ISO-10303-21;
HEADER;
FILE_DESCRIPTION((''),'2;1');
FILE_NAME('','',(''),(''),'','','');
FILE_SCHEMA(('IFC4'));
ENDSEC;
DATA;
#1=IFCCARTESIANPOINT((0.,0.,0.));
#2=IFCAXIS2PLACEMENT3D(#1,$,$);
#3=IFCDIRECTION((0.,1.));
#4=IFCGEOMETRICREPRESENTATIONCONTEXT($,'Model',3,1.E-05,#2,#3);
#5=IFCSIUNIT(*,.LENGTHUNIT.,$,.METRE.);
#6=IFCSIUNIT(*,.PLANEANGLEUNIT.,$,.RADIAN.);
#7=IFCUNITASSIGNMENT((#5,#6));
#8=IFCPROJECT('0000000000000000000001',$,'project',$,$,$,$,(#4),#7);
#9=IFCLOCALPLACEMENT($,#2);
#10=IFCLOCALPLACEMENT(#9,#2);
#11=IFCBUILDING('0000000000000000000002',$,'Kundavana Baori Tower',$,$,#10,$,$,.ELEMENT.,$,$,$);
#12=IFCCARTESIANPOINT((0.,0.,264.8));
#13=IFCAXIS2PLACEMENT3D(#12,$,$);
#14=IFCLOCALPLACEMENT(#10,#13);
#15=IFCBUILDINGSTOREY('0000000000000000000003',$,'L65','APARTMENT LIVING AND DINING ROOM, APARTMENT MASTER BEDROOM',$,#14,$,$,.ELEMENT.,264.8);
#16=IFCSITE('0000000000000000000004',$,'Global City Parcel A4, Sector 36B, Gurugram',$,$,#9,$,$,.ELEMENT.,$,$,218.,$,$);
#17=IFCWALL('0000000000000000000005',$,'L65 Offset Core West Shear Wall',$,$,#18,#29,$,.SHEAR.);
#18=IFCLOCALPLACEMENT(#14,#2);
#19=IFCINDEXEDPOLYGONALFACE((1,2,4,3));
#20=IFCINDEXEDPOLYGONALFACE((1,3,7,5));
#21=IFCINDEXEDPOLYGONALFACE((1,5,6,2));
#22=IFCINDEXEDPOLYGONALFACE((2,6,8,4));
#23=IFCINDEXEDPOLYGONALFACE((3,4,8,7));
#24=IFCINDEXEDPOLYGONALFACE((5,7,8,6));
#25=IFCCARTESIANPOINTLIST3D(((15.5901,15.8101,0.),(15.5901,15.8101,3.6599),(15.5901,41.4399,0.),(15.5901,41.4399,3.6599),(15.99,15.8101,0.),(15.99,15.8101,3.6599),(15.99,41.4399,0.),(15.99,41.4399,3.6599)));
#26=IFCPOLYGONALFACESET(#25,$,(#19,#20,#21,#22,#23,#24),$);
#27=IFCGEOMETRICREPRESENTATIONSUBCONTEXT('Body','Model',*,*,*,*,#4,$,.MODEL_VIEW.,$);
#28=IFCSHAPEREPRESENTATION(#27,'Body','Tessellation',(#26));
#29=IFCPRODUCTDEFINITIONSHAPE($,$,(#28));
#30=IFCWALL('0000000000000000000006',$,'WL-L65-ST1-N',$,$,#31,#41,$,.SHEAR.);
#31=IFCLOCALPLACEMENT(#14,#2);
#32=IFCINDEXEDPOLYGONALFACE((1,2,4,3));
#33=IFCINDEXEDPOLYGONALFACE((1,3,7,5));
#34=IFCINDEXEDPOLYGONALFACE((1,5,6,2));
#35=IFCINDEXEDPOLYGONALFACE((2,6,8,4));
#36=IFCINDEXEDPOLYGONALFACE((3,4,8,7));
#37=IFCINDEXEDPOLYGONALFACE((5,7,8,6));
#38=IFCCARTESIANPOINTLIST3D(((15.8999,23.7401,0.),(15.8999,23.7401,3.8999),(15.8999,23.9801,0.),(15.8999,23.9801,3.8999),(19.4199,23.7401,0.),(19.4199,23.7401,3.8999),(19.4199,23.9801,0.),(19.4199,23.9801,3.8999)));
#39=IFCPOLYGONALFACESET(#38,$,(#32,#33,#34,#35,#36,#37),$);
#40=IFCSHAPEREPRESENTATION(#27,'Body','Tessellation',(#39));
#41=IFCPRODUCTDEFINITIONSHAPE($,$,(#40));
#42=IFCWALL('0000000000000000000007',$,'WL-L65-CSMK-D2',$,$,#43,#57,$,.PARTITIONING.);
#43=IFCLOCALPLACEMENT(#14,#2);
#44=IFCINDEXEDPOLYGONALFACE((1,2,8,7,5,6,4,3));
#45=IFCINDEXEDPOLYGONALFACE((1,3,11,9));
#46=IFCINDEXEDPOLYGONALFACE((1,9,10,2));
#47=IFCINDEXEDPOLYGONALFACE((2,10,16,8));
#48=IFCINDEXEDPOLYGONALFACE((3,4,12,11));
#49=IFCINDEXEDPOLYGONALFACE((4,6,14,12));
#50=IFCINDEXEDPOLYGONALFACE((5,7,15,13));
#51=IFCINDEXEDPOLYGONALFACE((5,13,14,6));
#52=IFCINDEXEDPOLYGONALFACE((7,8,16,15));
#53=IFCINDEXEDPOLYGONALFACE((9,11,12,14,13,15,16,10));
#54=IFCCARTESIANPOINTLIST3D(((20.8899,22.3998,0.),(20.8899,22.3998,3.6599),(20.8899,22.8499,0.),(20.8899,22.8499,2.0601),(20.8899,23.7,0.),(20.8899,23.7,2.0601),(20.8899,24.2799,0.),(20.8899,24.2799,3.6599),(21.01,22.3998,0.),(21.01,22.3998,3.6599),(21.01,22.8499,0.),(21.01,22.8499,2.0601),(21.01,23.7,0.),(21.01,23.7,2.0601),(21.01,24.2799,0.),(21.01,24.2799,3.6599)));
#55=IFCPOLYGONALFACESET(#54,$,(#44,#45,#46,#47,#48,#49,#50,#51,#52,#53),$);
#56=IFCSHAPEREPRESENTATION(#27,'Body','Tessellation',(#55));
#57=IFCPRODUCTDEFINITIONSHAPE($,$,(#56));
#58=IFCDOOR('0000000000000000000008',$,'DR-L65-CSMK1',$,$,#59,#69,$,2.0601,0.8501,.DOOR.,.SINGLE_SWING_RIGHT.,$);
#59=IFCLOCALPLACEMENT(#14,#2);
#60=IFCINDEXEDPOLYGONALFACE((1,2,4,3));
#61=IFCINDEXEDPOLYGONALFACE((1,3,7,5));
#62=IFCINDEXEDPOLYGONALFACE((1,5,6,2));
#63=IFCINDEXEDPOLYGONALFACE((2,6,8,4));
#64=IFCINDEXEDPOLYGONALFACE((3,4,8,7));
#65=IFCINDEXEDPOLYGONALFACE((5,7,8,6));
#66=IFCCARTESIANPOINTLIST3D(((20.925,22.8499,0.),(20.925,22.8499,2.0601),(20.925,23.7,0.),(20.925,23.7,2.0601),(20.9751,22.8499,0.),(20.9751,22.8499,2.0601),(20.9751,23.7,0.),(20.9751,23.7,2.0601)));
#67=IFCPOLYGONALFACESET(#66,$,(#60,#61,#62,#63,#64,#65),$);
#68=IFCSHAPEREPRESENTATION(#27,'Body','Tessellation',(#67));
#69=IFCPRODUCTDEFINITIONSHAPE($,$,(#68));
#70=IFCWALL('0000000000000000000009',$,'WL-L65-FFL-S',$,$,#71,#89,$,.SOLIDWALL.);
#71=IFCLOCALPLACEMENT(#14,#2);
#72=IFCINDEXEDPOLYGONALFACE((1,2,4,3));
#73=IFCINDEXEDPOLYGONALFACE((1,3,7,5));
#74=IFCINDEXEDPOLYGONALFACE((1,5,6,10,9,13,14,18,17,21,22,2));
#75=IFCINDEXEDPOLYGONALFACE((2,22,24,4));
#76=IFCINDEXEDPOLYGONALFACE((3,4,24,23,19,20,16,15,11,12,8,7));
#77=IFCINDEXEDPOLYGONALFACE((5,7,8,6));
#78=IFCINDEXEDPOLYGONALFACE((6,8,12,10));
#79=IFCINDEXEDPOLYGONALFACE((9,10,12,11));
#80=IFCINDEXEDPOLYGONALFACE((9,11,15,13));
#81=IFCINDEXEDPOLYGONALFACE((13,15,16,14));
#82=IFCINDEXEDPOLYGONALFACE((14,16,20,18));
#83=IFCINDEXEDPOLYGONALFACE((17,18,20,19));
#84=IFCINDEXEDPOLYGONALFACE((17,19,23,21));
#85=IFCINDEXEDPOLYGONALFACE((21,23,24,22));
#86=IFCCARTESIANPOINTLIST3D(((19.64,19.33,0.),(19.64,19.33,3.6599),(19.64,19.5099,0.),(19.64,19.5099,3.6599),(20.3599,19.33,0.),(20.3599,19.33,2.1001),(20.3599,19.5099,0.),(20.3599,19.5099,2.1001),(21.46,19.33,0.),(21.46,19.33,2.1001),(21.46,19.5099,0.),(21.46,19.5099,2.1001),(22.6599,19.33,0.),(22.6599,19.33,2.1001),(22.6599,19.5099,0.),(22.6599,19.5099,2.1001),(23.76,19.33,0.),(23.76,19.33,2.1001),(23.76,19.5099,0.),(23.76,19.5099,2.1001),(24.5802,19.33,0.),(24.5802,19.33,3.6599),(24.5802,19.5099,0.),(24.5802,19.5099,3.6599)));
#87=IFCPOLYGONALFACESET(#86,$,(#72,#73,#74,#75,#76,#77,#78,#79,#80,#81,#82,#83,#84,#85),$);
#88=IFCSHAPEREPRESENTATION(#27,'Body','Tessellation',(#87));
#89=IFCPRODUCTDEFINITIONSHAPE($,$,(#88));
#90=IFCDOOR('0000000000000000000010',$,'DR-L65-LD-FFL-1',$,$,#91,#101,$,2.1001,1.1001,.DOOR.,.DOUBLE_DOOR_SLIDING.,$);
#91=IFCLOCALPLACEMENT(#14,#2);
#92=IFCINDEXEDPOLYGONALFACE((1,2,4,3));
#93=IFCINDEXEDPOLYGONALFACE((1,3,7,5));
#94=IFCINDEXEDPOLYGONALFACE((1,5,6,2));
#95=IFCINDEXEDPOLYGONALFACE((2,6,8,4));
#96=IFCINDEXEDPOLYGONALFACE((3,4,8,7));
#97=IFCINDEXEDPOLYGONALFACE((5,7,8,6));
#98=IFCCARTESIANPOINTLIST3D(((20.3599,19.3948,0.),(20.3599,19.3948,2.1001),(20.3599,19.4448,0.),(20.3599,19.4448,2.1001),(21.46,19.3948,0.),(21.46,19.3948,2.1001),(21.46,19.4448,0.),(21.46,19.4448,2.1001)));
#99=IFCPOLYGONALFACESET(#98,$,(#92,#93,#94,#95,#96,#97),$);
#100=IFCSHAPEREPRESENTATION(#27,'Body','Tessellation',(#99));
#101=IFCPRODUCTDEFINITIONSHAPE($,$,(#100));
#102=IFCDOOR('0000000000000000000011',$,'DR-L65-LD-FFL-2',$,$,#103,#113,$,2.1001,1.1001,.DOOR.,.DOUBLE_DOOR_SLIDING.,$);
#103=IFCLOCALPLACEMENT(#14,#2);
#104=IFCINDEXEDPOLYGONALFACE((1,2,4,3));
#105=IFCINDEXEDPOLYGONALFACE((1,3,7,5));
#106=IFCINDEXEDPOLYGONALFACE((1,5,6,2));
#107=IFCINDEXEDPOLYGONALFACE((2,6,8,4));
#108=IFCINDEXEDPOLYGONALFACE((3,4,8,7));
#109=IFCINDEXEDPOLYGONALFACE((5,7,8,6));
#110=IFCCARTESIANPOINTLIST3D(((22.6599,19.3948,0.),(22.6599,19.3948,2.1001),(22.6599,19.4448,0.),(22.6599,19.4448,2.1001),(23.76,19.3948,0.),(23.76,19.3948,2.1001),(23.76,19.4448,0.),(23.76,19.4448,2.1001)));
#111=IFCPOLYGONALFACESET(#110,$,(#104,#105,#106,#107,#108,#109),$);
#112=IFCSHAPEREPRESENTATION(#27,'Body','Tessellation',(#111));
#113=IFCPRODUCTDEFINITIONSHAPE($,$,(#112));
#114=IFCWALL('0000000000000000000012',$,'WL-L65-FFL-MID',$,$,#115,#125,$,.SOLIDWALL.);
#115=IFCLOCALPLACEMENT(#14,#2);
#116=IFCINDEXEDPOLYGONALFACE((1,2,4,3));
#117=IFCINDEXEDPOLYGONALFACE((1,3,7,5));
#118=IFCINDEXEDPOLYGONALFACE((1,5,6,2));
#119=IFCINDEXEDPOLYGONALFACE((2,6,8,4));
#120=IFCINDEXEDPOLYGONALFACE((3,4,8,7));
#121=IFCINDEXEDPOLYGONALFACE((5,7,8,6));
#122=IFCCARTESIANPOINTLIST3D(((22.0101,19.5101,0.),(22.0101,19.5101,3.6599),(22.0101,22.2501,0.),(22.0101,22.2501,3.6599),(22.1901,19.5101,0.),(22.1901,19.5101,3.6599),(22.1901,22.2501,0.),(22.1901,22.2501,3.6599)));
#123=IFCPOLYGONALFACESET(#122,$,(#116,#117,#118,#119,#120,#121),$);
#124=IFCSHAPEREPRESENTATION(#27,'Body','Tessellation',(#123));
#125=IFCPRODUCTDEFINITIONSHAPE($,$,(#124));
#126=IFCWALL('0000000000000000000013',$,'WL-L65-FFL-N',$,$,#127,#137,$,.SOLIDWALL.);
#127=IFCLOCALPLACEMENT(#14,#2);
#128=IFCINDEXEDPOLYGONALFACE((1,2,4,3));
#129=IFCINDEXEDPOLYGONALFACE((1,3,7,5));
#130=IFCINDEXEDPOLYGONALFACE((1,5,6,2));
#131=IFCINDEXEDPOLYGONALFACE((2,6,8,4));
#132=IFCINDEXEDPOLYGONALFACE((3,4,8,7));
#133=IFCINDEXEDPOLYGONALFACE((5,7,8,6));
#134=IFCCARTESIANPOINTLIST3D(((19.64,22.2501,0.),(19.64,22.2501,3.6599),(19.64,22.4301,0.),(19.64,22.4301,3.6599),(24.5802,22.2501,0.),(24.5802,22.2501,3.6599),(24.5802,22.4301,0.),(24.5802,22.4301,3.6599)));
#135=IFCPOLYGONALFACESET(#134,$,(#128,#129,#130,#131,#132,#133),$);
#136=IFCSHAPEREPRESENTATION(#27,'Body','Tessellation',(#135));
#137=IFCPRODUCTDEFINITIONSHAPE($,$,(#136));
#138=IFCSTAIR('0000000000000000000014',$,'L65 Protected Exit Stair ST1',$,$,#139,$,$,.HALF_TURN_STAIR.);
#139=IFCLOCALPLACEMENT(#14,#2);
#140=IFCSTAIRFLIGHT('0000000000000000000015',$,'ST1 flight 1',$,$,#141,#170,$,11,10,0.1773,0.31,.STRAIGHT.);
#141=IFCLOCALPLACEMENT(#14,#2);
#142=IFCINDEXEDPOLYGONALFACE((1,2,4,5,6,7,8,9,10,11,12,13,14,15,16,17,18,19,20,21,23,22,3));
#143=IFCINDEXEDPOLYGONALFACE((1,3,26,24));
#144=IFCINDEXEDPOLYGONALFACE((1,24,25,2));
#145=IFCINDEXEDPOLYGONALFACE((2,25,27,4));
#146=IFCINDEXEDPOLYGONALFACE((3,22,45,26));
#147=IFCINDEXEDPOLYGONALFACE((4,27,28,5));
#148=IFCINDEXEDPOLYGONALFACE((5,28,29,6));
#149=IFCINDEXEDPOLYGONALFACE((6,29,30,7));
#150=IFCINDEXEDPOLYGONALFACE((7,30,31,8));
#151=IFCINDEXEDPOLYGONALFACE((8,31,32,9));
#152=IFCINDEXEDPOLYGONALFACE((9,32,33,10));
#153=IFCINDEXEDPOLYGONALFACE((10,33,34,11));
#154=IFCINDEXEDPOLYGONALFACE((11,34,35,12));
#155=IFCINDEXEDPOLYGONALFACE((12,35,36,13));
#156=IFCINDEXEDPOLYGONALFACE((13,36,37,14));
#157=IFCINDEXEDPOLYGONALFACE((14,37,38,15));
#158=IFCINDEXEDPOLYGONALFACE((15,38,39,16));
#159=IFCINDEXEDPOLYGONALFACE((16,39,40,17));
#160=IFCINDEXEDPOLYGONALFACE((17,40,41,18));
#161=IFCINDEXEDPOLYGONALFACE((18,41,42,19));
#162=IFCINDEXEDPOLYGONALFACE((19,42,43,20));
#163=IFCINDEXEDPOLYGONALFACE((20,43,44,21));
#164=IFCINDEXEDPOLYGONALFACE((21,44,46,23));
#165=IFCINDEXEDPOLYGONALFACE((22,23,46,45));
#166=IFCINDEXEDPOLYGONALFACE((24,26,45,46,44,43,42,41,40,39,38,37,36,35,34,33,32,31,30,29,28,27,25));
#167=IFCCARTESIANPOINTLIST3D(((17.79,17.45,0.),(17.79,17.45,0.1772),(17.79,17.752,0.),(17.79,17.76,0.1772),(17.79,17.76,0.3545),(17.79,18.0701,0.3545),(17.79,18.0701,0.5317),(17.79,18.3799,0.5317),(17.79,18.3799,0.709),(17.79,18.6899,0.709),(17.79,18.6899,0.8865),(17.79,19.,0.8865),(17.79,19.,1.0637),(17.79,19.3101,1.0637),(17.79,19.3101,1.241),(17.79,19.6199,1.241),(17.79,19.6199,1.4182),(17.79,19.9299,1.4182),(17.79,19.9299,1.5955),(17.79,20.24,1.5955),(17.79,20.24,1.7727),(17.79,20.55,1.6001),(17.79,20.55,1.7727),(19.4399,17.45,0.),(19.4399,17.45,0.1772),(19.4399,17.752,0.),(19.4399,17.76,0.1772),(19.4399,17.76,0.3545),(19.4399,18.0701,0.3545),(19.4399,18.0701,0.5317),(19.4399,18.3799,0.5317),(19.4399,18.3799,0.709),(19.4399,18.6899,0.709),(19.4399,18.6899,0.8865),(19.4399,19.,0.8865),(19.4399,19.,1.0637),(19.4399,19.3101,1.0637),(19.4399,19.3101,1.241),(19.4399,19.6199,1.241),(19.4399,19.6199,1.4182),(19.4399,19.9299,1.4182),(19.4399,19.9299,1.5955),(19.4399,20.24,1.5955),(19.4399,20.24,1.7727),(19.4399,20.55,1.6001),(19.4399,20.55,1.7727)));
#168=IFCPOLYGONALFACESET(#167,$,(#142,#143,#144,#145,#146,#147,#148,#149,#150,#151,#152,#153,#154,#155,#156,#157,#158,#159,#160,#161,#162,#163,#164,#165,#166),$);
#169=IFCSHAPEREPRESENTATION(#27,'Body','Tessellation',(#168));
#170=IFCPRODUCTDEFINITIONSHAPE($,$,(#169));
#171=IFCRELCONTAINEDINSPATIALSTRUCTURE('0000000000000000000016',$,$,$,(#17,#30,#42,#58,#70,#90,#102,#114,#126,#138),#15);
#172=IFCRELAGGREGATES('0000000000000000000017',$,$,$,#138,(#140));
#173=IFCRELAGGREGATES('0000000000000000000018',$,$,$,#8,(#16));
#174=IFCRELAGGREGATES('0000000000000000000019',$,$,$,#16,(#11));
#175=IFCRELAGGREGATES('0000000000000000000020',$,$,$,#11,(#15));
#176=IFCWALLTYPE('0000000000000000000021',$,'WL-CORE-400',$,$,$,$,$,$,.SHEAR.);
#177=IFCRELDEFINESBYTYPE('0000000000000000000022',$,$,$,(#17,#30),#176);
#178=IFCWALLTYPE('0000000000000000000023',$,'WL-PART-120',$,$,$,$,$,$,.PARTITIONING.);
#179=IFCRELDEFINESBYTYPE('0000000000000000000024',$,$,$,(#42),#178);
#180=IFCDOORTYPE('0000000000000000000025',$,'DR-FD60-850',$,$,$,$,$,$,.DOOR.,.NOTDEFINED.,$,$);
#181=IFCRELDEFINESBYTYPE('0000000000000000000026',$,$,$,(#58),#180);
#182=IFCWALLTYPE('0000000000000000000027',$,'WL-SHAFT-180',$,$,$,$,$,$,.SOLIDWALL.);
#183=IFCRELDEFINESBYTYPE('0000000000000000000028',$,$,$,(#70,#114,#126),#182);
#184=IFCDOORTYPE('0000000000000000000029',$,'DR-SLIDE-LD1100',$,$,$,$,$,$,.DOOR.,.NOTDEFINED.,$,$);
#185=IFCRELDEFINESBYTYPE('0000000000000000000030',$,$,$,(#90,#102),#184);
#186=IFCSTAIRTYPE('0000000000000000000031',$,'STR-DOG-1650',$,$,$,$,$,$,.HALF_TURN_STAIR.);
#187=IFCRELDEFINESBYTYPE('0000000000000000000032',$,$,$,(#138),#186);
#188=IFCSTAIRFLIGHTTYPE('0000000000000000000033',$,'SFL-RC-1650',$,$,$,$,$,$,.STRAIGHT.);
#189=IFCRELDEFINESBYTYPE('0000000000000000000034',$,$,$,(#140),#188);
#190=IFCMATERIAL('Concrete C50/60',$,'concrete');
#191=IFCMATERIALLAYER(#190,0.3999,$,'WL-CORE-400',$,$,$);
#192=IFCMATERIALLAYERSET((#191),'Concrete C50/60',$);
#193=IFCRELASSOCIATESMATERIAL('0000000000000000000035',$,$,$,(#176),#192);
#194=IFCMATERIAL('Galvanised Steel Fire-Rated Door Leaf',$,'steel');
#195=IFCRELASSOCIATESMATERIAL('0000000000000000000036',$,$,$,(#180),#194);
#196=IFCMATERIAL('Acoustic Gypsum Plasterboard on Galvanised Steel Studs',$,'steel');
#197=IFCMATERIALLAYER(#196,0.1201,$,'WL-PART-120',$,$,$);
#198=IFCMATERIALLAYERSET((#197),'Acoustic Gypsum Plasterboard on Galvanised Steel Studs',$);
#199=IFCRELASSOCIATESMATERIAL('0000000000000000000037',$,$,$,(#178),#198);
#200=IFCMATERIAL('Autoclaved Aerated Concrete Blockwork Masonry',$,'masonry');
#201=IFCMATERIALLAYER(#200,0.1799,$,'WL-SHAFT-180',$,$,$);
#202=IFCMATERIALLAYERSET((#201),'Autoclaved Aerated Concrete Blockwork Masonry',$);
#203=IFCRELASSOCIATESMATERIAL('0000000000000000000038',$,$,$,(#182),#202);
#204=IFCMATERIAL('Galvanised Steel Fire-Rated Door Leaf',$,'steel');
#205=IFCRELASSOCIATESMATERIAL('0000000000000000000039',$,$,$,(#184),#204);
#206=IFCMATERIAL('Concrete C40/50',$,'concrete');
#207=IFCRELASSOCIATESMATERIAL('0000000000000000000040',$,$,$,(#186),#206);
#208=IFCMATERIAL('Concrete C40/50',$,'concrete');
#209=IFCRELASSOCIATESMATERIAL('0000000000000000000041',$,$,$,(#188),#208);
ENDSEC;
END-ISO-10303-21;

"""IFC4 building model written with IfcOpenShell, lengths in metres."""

from ifc_helpers import new_model, si_unit, direction, frame, frame_2d, origin, place, context, subcontext, project, spatial, polyline, rectangle, outline, extrude, material, layer, layer_set, type_object, element, fill, aggregate, save


model = new_model("IFC4")

# Units and contexts
model_context = context("Model", 3, precision=1e-05, world=origin(), true_north=direction((0.0, 1.0)))
body_context = subcontext(model_context, "Body", "Model", "MODEL_VIEW")
ifc_project = project(units=[si_unit("LENGTHUNIT", "METRE"), si_unit("PLANEANGLEUNIT", "RADIAN")], contexts=[model_context])

# Site, building, storey
site_placement = place(None, origin())
site = spatial("IfcSite", under=ifc_project, at=site_placement, Name="Global City Parcel A4, Sector 36B, Gurugram", CompositionType="ELEMENT", RefElevation=218.0)
building_placement = place(site_placement, origin())
building = spatial("IfcBuilding", under=site, at=building_placement, Name="Kundavana Baori Tower", CompositionType="ELEMENT")
storey_placement = place(building_placement, frame((0.0, 0.0, 264.8)))
storey = spatial("IfcBuildingStorey", under=building, at=storey_placement, Name="L65", Description="APARTMENT LIVING AND DINING ROOM, APARTMENT MASTER BEDROOM", CompositionType="ELEMENT", Elevation=264.8)

# Wall
ifc_material_1 = material(Name="Concrete C50/60", Category="concrete")
ifc_layer_1 = layer(ifc_material_1, 0.3999, Name="WL-CORE-400")
ifc_layer_set_1 = layer_set([ifc_layer_1], Name="Concrete C50/60")
wall_type_1 = type_object("IfcWallType", Name="WL-CORE-400", PredefinedType="SHEAR", material=ifc_layer_set_1)
wall_1_placement = place(storey_placement, frame((15.79, 15.8101, 0.0), z_axis=(0.0, 0.0, 1.0), x_axis=(0.0, 1.0, 0.0)))
element("IfcWall", 1, at=wall_1_placement, inside=storey, type_object=wall_type_1, Name="L65 Offset Core West Shear Wall", PredefinedType="SHEAR", context=body_context, shape_type="SweptSolid", body=[
    extrude(rectangle(XDim=25.6299, YDim=0.3999, at=frame_2d((12.8149, 0.0))), origin(), (0.0, 0.0, 1.0), 3.6599),
])

# Shared definitions
ifc_material_2 = material(Name="Galvanised Steel Fire-Rated Door Leaf", Category="steel")
door_type_1 = type_object("IfcDoorType", Name="DR-FD60-850", OperationType="NOTDEFINED", PredefinedType="DOOR", material=ifc_material_2)

# Wall
wall_2_placement = place(storey_placement, frame((15.8999, 23.8601, 0.0), z_axis=(0.0, 0.0, 1.0), x_axis=(1.0, 0.0, 0.0)))
element("IfcWall", 2, at=wall_2_placement, inside=storey, type_object=wall_type_1, Name="WL-L65-ST1-N", PredefinedType="SHEAR", context=body_context, shape_type="SweptSolid", body=[
    extrude(rectangle(XDim=3.52, YDim=0.24, at=frame_2d((1.76, 0.0))), origin(), (0.0, 0.0, 1.0), 3.8999),
])

# Wall, opening, door
ifc_material_3 = material(Name="Acoustic Gypsum Plasterboard on Galvanised Steel Studs", Category="steel")
ifc_layer_2 = layer(ifc_material_3, 0.1201, Name="WL-PART-120")
ifc_layer_set_2 = layer_set([ifc_layer_2], Name="Acoustic Gypsum Plasterboard on Galvanised Steel Studs")
wall_type_2 = type_object("IfcWallType", Name="WL-PART-120", PredefinedType="PARTITIONING", material=ifc_layer_set_2)
wall_3_placement = place(storey_placement, frame((20.95, 22.3999, 0.0), z_axis=(0.0, 0.0, 1.0), x_axis=(0.0, 1.0, 0.0)))
wall_3 = element("IfcWall", 3, at=wall_3_placement, inside=storey, type_object=wall_type_2, Name="WL-L65-CSMK-D2", PredefinedType="PARTITIONING", context=body_context, shape_type="SweptSolid", body=[
    extrude(rectangle(XDim=1.8801, YDim=0.1201, at=frame_2d((0.9399, 0.0))), origin(), (0.0, 0.0, 1.0), 3.6599),
])
opening_1_placement = place(wall_3_placement, frame((0.45, 0.0, 0.0)))
opening_1 = element("IfcOpeningElement", 4, at=opening_1_placement, cuts=wall_3, PredefinedType="OPENING", context=body_context, shape_type="SweptSolid", body=[
    extrude(rectangle(XDim=0.8501, YDim=2.0601, at=frame_2d((0.425, 1.03))), frame((0.0, 0.0701, 0.0), z_axis=(0.0, -1.0, 0.0), x_axis=(1.0, 0.0, 0.0)), (0.0, 0.0, 1.0), 0.1401),
])
door_1_placement = place(opening_1_placement, origin())
door_1 = element("IfcDoor", 5, at=door_1_placement, inside=storey, type_object=door_type_1, Name="DR-L65-CSMK1", OperationType="SINGLE_SWING_RIGHT", OverallHeight=2.0601, OverallWidth=0.8501, PredefinedType="DOOR", context=body_context, shape_type="SweptSolid", body=[
    extrude(rectangle(XDim=0.8501, YDim=2.0601, at=frame_2d((0.425, 1.03))), frame((0.0, 0.0249, 0.0), z_axis=(0.0, -1.0, 0.0), x_axis=(1.0, 0.0, 0.0)), (0.0, 0.0, 1.0), 0.05),
])
fill(opening_1, door_1)

# Wall, openings, doors
ifc_material_4 = material(Name="Autoclaved Aerated Concrete Blockwork Masonry", Category="masonry")
ifc_layer_3 = layer(ifc_material_4, 0.1799, Name="WL-SHAFT-180")
ifc_layer_set_3 = layer_set([ifc_layer_3], Name="Autoclaved Aerated Concrete Blockwork Masonry")
wall_type_3 = type_object("IfcWallType", Name="WL-SHAFT-180", PredefinedType="SOLIDWALL", material=ifc_layer_set_3)
wall_4_placement = place(storey_placement, frame((19.6399, 19.4199, 0.0), z_axis=(0.0, 0.0, 1.0), x_axis=(1.0, 0.0, 0.0)))
wall_4 = element("IfcWall", 6, at=wall_4_placement, inside=storey, type_object=wall_type_3, Name="WL-L65-FFL-S", PredefinedType="SOLIDWALL", context=body_context, shape_type="SweptSolid", body=[
    extrude(rectangle(XDim=4.9402, YDim=0.1799, at=frame_2d((2.4702, 0.0))), origin(), (0.0, 0.0, 1.0), 3.6599),
])
opening_2_placement = place(wall_4_placement, frame((0.72, 0.0, 0.0)))
opening_2 = element("IfcOpeningElement", 7, at=opening_2_placement, cuts=wall_4, PredefinedType="OPENING", context=body_context, shape_type="SweptSolid", body=[
    extrude(rectangle(XDim=1.1001, YDim=2.1001, at=frame_2d((0.55, 1.05))), frame((0.0, 0.1001, 0.0), z_axis=(0.0, -1.0, 0.0), x_axis=(1.0, 0.0, 0.0)), (0.0, 0.0, 1.0), 0.2),
])
opening_3_placement = place(wall_4_placement, frame((3.02, 0.0, 0.0)))
opening_3 = element("IfcOpeningElement", 8, at=opening_3_placement, cuts=wall_4, PredefinedType="OPENING", context=body_context, shape_type="SweptSolid", body=[
    extrude(rectangle(XDim=1.1001, YDim=2.1001, at=frame_2d((0.55, 1.05))), frame((0.0, 0.1001, 0.0), z_axis=(0.0, -1.0, 0.0), x_axis=(1.0, 0.0, 0.0)), (0.0, 0.0, 1.0), 0.2),
])
ifc_material_5 = material(Name="Galvanised Steel Fire-Rated Door Leaf", Category="steel")
door_type_2 = type_object("IfcDoorType", Name="DR-SLIDE-LD1100", OperationType="NOTDEFINED", PredefinedType="DOOR", material=ifc_material_5)
door_2_placement = place(opening_2_placement, origin())
door_2 = element("IfcDoor", 9, at=door_2_placement, inside=storey, type_object=door_type_2, Name="DR-L65-LD-FFL-1", OperationType="DOUBLE_DOOR_SLIDING", OverallHeight=2.1001, OverallWidth=1.1001, PredefinedType="DOOR", context=body_context, shape_type="SweptSolid", body=[
    extrude(rectangle(XDim=1.1001, YDim=2.1001, at=frame_2d((0.55, 1.05))), frame((0.0, 0.0249, 0.0), z_axis=(0.0, -1.0, 0.0), x_axis=(1.0, 0.0, 0.0)), (0.0, 0.0, 1.0), 0.05),
])
fill(opening_2, door_2)
door_3_placement = place(opening_3_placement, origin())
door_3 = element("IfcDoor", 10, at=door_3_placement, inside=storey, type_object=door_type_2, Name="DR-L65-LD-FFL-2", OperationType="DOUBLE_DOOR_SLIDING", OverallHeight=2.1001, OverallWidth=1.1001, PredefinedType="DOOR", context=body_context, shape_type="SweptSolid", body=[
    extrude(rectangle(XDim=1.1001, YDim=2.1001, at=frame_2d((0.55, 1.05))), frame((0.0, 0.0249, 0.0), z_axis=(0.0, -1.0, 0.0), x_axis=(1.0, 0.0, 0.0)), (0.0, 0.0, 1.0), 0.05),
])
fill(opening_3, door_3)

# Walls
wall_5_placement = place(storey_placement, frame((22.1001, 19.51, 0.0), z_axis=(0.0, 0.0, 1.0), x_axis=(0.0, 1.0, 0.0)))
element("IfcWall", 11, at=wall_5_placement, inside=storey, type_object=wall_type_3, Name="WL-L65-FFL-MID", PredefinedType="SOLIDWALL", context=body_context, shape_type="SweptSolid", body=[
    extrude(rectangle(XDim=2.74, YDim=0.1799, at=frame_2d((1.3701, 0.0))), origin(), (0.0, 0.0, 1.0), 3.6599),
])
wall_6_placement = place(storey_placement, frame((19.6399, 22.3401, 0.0), z_axis=(0.0, 0.0, 1.0), x_axis=(1.0, 0.0, 0.0)))
element("IfcWall", 12, at=wall_6_placement, inside=storey, type_object=wall_type_3, Name="WL-L65-FFL-N", PredefinedType="SOLIDWALL", context=body_context, shape_type="SweptSolid", body=[
    extrude(rectangle(XDim=4.9402, YDim=0.1799, at=frame_2d((2.4702, 0.0))), origin(), (0.0, 0.0, 1.0), 3.6599),
])

# Stair, stair flight
ifc_material_6 = material(Name="Concrete C40/50", Category="concrete")
stair_type = type_object("IfcStairType", Name="STR-DOG-1650", PredefinedType="HALF_TURN_STAIR", material=ifc_material_6)
stair_placement = place(storey_placement, origin())
stair = element("IfcStair", 13, at=stair_placement, inside=storey, type_object=stair_type, Name="L65 Protected Exit Stair ST1", PredefinedType="HALF_TURN_STAIR")
ifc_material_7 = material(Name="Concrete C40/50", Category="concrete")
stair_flight_type = type_object("IfcStairFlightType", Name="SFL-RC-1650", PredefinedType="STRAIGHT", material=ifc_material_7)
stair_flight_1_placement = place(storey_placement, frame((18.615, 17.45, 0.0), z_axis=(0.0, 0.0, 1.0), x_axis=(0.0, 1.0, 0.0)))
stair_flight_1 = element("IfcStairFlight", 14, at=stair_flight_1_placement, type_object=stair_flight_type, Name="ST1 flight 1", NumberOfRisers=11, NumberOfTreads=10, PredefinedType="STRAIGHT", RiserHeight=0.1773, TreadLength=0.31, context=body_context, shape_type="SweptSolid", body=[
    extrude(outline(polyline([(0.0, 0.0), (0.0, 0.1772), (0.3101, 0.1772), (0.3101, 0.3545), (0.6201, 0.3545), (0.6201, 0.5317), (0.9299, 0.5317), (0.9299, 0.709), (1.24, 0.709), (1.24, 0.8865), (1.55, 0.8865), (1.55, 1.0637), (1.8601, 1.0637), (1.8601, 1.241), (2.1699, 1.241), (2.1699, 1.4182), (2.48, 1.4182), (2.48, 1.5955), (2.79, 1.5955), (2.79, 1.7727), (3.1001, 1.7727), (3.1001, 1.95), (3.1001, 1.6001), (0.302, 0.0), (0.0, 0.0)])), frame((0.0, 0.825, 0.0), z_axis=(0.0, -1.0, 0.0), x_axis=(1.0, 0.0, 0.0)), (0.0, 0.0, 1.0), 1.6499),
])
aggregate(stair, [stair_flight_1])

save(model, "model.ifc")
